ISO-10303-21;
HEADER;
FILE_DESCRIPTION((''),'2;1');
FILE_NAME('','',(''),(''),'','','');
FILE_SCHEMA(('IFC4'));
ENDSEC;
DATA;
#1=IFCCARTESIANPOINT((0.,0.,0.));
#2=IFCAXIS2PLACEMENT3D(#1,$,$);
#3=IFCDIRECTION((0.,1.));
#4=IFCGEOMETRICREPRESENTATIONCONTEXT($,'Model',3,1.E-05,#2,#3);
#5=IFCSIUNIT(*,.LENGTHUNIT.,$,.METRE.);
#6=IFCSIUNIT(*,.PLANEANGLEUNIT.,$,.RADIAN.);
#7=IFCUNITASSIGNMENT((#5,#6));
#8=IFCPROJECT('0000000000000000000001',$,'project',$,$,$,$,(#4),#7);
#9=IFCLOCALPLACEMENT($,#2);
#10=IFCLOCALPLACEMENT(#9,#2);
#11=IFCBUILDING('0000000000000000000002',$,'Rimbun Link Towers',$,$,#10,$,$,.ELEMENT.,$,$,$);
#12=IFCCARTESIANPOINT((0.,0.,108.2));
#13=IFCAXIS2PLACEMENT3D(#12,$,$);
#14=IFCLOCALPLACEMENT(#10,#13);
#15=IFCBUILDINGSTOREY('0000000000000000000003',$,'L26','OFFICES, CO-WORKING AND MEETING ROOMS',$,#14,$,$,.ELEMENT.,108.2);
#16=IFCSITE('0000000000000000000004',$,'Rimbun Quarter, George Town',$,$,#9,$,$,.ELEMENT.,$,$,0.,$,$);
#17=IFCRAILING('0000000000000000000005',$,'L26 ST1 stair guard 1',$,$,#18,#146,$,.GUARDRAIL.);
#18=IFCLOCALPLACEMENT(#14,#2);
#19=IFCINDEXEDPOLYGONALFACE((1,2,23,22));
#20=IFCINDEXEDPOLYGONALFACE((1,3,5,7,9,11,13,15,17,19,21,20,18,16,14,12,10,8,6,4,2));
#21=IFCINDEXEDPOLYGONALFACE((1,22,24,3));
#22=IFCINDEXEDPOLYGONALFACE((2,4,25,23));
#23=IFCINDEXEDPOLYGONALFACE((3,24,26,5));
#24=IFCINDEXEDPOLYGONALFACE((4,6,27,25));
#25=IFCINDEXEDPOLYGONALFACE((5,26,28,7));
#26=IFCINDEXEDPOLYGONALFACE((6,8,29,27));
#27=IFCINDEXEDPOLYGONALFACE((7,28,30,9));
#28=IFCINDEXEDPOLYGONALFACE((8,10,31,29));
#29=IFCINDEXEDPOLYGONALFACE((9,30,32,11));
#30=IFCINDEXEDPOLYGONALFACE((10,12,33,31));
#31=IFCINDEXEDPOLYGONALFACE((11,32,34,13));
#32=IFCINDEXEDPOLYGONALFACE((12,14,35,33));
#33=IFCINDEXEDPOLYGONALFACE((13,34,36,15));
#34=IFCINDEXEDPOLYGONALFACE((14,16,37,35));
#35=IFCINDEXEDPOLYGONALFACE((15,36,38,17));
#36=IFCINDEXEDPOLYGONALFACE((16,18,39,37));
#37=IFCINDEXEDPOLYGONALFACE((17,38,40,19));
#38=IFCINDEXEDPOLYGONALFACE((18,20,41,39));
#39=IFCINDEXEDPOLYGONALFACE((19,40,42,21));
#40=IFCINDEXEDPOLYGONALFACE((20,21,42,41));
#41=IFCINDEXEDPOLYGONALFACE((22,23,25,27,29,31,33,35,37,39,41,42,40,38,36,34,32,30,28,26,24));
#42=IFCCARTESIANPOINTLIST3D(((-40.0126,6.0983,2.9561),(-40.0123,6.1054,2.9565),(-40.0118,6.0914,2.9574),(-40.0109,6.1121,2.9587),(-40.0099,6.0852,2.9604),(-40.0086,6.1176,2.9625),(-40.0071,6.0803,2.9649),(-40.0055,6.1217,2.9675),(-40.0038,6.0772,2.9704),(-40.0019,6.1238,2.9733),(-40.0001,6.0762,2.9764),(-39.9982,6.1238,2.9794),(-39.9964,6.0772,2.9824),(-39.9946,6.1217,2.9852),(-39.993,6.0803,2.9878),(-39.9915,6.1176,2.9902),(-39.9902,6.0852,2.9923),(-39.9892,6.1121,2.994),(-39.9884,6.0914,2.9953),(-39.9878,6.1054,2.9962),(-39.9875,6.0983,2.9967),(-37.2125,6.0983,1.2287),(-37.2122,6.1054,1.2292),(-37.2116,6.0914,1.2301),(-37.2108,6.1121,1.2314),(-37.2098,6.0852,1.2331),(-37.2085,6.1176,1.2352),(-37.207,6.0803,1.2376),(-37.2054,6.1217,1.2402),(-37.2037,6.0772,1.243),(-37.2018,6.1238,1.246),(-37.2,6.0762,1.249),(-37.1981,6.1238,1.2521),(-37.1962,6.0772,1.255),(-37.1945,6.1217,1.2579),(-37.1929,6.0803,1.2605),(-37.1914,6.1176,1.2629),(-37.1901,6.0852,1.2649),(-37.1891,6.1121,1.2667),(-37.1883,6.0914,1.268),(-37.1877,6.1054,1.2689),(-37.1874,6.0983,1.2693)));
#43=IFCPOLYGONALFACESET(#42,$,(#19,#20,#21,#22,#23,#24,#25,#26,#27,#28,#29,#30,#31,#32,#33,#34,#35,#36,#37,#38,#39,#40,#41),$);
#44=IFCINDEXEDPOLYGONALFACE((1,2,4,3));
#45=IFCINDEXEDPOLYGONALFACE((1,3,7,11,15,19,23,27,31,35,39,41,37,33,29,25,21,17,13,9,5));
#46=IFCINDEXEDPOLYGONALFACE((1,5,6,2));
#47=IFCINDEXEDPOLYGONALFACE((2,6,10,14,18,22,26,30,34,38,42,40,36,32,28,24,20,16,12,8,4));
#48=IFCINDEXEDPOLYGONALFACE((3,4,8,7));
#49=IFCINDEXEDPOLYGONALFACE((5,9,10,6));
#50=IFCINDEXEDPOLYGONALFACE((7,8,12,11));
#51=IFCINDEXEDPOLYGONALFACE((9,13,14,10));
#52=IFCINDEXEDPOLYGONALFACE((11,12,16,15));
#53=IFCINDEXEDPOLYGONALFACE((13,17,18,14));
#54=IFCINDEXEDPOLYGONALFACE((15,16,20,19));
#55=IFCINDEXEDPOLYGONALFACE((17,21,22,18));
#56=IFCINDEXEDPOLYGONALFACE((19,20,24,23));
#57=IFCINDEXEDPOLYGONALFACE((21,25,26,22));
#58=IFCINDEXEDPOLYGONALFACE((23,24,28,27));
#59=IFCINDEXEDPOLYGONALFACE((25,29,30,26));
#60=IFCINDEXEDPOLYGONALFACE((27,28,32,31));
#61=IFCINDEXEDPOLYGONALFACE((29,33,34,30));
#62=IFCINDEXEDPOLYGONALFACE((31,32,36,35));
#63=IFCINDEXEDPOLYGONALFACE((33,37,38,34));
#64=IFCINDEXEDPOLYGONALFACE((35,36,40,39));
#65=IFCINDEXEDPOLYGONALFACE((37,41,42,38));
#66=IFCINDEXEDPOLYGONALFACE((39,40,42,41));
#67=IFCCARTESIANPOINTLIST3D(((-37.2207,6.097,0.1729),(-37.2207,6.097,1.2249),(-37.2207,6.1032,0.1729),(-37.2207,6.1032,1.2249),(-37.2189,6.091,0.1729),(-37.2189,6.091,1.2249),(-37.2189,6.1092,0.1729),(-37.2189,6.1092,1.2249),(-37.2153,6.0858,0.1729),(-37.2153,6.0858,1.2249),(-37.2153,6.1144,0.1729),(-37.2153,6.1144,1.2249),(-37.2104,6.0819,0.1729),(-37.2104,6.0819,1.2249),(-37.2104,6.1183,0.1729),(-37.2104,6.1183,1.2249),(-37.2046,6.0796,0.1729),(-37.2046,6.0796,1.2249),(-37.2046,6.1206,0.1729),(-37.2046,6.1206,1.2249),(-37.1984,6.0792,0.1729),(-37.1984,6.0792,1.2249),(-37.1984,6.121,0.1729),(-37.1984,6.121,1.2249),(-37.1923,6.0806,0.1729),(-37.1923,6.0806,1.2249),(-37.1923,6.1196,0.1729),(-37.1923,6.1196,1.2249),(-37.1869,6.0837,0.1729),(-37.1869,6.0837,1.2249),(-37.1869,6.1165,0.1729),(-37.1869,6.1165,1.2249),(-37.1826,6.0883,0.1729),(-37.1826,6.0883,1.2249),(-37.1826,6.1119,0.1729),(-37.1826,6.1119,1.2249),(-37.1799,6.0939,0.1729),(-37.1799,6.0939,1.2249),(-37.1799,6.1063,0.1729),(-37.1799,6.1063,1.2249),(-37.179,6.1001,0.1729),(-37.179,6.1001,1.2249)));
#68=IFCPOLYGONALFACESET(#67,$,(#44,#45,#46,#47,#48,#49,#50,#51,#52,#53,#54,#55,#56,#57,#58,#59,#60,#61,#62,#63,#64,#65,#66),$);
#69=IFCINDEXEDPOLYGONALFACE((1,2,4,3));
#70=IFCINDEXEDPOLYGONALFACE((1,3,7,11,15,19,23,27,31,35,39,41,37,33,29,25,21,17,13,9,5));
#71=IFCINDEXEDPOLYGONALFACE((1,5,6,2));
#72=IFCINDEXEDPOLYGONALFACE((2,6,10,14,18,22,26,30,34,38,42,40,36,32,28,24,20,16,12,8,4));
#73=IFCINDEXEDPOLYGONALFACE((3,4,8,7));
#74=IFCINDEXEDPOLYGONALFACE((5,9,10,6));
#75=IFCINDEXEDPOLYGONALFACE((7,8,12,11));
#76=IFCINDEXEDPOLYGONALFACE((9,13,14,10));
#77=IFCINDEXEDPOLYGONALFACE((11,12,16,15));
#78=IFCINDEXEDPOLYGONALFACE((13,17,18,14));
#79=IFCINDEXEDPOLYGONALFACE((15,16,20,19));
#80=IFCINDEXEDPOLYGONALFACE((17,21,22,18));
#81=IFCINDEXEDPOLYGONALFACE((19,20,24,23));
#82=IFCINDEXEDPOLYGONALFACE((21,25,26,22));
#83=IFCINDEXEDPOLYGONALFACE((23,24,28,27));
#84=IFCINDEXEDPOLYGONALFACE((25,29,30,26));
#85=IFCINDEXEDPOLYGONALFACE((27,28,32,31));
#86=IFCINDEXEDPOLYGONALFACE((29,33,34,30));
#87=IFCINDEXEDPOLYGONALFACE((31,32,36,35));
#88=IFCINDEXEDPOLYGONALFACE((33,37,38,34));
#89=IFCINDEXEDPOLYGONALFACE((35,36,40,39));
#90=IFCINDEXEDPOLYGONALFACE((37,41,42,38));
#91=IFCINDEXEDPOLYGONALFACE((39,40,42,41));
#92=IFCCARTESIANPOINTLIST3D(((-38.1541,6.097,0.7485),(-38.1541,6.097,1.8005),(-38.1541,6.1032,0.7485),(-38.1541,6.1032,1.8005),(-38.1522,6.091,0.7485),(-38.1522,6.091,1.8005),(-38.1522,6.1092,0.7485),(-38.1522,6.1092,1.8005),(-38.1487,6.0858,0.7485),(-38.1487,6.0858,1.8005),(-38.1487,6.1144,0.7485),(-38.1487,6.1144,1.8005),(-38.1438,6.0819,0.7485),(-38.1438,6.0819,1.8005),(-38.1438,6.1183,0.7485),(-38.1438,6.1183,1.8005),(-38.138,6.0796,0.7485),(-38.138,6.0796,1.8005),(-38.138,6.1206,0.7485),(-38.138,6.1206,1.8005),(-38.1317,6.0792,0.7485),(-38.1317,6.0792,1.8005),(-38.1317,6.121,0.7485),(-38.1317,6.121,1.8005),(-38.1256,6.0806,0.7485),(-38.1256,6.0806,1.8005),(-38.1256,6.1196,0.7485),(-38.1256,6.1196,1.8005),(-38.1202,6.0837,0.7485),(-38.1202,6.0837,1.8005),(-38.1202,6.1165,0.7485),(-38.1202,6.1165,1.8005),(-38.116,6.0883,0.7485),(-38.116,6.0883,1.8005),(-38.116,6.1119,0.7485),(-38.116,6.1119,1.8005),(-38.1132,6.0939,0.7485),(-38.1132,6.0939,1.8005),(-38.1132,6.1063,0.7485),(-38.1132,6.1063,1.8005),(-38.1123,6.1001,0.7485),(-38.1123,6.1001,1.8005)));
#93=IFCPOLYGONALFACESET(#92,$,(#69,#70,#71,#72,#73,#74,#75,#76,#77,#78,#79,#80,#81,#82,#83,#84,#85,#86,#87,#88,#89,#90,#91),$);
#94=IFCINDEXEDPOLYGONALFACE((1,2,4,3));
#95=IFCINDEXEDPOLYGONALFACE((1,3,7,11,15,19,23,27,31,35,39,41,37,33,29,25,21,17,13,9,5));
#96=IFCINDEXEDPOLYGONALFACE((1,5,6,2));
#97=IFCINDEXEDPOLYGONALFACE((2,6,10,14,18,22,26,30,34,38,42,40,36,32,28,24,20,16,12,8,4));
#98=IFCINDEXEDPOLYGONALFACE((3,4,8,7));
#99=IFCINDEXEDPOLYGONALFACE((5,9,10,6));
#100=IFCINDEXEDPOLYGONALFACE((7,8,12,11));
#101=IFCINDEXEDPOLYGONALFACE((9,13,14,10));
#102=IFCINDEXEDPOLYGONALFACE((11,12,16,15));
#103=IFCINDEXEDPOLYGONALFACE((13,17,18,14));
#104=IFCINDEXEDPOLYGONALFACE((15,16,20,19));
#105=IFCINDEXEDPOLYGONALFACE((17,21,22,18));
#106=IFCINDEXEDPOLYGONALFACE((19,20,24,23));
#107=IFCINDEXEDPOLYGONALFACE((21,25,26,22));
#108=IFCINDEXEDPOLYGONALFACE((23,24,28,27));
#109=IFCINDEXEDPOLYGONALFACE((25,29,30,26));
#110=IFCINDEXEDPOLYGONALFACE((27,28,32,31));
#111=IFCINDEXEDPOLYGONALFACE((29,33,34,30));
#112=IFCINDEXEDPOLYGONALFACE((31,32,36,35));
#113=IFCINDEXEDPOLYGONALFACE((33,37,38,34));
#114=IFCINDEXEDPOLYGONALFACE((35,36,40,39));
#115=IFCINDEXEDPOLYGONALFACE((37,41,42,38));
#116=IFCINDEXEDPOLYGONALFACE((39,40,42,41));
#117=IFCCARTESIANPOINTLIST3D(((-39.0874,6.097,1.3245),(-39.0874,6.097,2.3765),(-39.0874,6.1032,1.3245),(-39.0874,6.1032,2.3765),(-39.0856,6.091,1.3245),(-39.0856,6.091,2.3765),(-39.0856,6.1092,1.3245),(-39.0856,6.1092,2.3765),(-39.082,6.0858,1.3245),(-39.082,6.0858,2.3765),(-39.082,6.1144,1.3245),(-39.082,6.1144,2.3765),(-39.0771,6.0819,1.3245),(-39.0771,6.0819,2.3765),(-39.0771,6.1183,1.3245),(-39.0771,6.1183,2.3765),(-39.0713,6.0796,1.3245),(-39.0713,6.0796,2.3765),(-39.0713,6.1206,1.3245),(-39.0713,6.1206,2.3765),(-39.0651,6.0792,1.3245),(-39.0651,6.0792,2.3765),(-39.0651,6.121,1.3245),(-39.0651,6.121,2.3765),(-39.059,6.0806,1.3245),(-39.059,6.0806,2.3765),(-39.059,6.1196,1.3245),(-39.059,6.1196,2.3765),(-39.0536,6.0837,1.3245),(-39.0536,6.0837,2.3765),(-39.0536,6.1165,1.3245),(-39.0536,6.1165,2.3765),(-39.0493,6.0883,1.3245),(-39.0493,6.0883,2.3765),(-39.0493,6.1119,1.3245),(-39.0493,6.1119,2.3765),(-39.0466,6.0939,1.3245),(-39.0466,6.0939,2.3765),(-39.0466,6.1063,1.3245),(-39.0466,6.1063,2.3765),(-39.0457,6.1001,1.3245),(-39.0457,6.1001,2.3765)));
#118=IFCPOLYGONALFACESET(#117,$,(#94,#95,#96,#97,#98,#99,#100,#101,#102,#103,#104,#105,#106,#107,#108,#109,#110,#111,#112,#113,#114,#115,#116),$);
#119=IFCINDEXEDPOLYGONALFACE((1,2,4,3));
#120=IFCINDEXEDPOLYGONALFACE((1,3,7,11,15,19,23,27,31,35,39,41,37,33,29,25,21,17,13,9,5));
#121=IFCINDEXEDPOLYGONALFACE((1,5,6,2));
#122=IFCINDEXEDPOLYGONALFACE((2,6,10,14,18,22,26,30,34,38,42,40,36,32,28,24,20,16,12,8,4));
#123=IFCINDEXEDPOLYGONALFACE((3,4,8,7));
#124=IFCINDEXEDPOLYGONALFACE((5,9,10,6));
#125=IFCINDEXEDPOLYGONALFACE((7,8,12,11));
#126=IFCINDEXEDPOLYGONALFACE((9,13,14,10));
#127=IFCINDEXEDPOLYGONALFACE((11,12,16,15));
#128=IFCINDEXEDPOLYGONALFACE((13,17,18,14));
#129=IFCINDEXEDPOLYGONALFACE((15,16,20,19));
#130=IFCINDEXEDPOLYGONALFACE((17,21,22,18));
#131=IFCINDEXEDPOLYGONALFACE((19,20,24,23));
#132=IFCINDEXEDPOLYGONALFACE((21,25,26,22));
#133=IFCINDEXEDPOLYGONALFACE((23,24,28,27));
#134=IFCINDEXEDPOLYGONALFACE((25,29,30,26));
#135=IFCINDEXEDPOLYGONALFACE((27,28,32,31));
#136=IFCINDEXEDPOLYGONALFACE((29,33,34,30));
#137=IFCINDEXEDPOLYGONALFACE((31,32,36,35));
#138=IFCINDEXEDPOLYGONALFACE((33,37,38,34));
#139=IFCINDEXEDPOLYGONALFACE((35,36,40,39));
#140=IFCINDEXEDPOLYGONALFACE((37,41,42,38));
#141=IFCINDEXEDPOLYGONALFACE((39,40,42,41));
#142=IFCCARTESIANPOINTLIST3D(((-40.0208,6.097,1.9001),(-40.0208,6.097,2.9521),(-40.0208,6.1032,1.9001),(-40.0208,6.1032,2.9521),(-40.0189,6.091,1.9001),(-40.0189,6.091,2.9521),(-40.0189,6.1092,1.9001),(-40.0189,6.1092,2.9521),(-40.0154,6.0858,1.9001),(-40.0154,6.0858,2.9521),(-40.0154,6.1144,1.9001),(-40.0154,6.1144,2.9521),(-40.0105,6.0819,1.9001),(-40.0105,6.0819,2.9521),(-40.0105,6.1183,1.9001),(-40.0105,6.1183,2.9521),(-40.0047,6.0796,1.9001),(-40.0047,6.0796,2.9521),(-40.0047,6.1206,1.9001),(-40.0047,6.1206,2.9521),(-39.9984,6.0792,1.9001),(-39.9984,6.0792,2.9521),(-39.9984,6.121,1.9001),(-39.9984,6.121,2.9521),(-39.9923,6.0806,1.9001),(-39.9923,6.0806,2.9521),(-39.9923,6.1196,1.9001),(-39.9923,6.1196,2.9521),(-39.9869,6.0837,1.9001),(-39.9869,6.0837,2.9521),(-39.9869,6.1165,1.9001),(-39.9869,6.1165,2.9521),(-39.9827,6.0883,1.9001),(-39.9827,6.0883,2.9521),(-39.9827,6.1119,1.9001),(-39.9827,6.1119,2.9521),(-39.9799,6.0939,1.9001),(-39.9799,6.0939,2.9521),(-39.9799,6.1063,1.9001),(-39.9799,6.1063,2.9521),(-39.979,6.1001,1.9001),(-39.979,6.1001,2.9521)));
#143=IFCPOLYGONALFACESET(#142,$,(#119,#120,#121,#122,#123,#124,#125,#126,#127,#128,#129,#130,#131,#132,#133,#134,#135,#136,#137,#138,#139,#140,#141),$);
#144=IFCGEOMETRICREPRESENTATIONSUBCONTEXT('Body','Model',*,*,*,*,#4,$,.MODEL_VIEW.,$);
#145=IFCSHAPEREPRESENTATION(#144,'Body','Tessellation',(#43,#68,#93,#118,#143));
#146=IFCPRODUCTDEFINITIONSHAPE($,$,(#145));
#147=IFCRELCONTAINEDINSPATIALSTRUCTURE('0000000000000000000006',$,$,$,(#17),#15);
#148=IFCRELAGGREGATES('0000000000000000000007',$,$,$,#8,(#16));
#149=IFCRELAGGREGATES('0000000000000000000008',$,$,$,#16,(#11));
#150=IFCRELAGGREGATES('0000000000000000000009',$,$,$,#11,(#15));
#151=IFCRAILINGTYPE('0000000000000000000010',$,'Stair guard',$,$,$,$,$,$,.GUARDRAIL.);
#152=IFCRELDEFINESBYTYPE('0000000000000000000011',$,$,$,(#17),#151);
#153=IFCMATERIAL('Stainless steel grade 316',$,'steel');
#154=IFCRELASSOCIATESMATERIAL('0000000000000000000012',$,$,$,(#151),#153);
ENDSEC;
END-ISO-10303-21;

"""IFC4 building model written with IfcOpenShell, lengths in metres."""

from ifc_helpers import new_model, si_unit, direction, frame, origin, origin_2d, place, context, subcontext, project, spatial, circle, extrude, material, type_object, element, save


model = new_model("IFC4")

# Units and contexts
model_context = context("Model", 3, precision=1e-05, world=origin(), true_north=direction((0.0, 1.0)))
body_context = subcontext(model_context, "Body", "Model", "MODEL_VIEW")
ifc_project = project(units=[si_unit("LENGTHUNIT", "METRE"), si_unit("PLANEANGLEUNIT", "RADIAN")], contexts=[model_context])

# Site, building, storey
site_placement = place(None, origin())
site = spatial("IfcSite", under=ifc_project, at=site_placement, Name="Rimbun Quarter, George Town", CompositionType="ELEMENT", RefElevation=0.0)
building_placement = place(site_placement, origin())
building = spatial("IfcBuilding", under=site, at=building_placement, Name="Rimbun Link Towers", CompositionType="ELEMENT")
storey_placement = place(building_placement, frame((0.0, 0.0, 108.2)))
storey = spatial("IfcBuildingStorey", under=building, at=storey_placement, Name="L26", Description="OFFICES, CO-WORKING AND MEETING ROOMS", CompositionType="ELEMENT", Elevation=108.2)

# Railing
ifc_material_1 = material(Name="Stainless steel grade 316", Category="steel")
railing_type_1 = type_object("IfcRailingType", Name="Stair guard", PredefinedType="GUARDRAIL", material=ifc_material_1)
railing_1_placement = place(storey_placement, frame((-37.2, 6.1001, 0.1729)))
element("IfcRailing", 1, at=railing_1_placement, inside=storey, type_object=railing_type_1, Name="L26 ST1 stair guard 1", PredefinedType="GUARDRAIL", context=body_context, shape_type="SweptSolid", body=[
    extrude(circle(Radius=0.0239, at=origin_2d()), frame((0.0, 0.0, 1.0762), z_axis=(-0.85109, 0.0, 0.52502), x_axis=(0.0, -1.0, 0.0)), (0.0, 0.0, 1.0), 3.29),
    extrude(circle(Radius=0.021, at=origin_2d()), origin(), (0.0, 0.0, 1.0), 1.052),
    extrude(circle(Radius=0.021, at=origin_2d()), frame((-0.9333, 0.0, 0.5757)), (0.0, 0.0, 1.0), 1.052),
    extrude(circle(Radius=0.021, at=origin_2d()), frame((-1.8667, 0.0, 1.1516)), (0.0, 0.0, 1.0), 1.052),
    extrude(circle(Radius=0.021, at=origin_2d()), frame((-2.8, 0.0, 1.7273)), (0.0, 0.0, 1.0), 1.052),
])

save(model, "model.ifc")
